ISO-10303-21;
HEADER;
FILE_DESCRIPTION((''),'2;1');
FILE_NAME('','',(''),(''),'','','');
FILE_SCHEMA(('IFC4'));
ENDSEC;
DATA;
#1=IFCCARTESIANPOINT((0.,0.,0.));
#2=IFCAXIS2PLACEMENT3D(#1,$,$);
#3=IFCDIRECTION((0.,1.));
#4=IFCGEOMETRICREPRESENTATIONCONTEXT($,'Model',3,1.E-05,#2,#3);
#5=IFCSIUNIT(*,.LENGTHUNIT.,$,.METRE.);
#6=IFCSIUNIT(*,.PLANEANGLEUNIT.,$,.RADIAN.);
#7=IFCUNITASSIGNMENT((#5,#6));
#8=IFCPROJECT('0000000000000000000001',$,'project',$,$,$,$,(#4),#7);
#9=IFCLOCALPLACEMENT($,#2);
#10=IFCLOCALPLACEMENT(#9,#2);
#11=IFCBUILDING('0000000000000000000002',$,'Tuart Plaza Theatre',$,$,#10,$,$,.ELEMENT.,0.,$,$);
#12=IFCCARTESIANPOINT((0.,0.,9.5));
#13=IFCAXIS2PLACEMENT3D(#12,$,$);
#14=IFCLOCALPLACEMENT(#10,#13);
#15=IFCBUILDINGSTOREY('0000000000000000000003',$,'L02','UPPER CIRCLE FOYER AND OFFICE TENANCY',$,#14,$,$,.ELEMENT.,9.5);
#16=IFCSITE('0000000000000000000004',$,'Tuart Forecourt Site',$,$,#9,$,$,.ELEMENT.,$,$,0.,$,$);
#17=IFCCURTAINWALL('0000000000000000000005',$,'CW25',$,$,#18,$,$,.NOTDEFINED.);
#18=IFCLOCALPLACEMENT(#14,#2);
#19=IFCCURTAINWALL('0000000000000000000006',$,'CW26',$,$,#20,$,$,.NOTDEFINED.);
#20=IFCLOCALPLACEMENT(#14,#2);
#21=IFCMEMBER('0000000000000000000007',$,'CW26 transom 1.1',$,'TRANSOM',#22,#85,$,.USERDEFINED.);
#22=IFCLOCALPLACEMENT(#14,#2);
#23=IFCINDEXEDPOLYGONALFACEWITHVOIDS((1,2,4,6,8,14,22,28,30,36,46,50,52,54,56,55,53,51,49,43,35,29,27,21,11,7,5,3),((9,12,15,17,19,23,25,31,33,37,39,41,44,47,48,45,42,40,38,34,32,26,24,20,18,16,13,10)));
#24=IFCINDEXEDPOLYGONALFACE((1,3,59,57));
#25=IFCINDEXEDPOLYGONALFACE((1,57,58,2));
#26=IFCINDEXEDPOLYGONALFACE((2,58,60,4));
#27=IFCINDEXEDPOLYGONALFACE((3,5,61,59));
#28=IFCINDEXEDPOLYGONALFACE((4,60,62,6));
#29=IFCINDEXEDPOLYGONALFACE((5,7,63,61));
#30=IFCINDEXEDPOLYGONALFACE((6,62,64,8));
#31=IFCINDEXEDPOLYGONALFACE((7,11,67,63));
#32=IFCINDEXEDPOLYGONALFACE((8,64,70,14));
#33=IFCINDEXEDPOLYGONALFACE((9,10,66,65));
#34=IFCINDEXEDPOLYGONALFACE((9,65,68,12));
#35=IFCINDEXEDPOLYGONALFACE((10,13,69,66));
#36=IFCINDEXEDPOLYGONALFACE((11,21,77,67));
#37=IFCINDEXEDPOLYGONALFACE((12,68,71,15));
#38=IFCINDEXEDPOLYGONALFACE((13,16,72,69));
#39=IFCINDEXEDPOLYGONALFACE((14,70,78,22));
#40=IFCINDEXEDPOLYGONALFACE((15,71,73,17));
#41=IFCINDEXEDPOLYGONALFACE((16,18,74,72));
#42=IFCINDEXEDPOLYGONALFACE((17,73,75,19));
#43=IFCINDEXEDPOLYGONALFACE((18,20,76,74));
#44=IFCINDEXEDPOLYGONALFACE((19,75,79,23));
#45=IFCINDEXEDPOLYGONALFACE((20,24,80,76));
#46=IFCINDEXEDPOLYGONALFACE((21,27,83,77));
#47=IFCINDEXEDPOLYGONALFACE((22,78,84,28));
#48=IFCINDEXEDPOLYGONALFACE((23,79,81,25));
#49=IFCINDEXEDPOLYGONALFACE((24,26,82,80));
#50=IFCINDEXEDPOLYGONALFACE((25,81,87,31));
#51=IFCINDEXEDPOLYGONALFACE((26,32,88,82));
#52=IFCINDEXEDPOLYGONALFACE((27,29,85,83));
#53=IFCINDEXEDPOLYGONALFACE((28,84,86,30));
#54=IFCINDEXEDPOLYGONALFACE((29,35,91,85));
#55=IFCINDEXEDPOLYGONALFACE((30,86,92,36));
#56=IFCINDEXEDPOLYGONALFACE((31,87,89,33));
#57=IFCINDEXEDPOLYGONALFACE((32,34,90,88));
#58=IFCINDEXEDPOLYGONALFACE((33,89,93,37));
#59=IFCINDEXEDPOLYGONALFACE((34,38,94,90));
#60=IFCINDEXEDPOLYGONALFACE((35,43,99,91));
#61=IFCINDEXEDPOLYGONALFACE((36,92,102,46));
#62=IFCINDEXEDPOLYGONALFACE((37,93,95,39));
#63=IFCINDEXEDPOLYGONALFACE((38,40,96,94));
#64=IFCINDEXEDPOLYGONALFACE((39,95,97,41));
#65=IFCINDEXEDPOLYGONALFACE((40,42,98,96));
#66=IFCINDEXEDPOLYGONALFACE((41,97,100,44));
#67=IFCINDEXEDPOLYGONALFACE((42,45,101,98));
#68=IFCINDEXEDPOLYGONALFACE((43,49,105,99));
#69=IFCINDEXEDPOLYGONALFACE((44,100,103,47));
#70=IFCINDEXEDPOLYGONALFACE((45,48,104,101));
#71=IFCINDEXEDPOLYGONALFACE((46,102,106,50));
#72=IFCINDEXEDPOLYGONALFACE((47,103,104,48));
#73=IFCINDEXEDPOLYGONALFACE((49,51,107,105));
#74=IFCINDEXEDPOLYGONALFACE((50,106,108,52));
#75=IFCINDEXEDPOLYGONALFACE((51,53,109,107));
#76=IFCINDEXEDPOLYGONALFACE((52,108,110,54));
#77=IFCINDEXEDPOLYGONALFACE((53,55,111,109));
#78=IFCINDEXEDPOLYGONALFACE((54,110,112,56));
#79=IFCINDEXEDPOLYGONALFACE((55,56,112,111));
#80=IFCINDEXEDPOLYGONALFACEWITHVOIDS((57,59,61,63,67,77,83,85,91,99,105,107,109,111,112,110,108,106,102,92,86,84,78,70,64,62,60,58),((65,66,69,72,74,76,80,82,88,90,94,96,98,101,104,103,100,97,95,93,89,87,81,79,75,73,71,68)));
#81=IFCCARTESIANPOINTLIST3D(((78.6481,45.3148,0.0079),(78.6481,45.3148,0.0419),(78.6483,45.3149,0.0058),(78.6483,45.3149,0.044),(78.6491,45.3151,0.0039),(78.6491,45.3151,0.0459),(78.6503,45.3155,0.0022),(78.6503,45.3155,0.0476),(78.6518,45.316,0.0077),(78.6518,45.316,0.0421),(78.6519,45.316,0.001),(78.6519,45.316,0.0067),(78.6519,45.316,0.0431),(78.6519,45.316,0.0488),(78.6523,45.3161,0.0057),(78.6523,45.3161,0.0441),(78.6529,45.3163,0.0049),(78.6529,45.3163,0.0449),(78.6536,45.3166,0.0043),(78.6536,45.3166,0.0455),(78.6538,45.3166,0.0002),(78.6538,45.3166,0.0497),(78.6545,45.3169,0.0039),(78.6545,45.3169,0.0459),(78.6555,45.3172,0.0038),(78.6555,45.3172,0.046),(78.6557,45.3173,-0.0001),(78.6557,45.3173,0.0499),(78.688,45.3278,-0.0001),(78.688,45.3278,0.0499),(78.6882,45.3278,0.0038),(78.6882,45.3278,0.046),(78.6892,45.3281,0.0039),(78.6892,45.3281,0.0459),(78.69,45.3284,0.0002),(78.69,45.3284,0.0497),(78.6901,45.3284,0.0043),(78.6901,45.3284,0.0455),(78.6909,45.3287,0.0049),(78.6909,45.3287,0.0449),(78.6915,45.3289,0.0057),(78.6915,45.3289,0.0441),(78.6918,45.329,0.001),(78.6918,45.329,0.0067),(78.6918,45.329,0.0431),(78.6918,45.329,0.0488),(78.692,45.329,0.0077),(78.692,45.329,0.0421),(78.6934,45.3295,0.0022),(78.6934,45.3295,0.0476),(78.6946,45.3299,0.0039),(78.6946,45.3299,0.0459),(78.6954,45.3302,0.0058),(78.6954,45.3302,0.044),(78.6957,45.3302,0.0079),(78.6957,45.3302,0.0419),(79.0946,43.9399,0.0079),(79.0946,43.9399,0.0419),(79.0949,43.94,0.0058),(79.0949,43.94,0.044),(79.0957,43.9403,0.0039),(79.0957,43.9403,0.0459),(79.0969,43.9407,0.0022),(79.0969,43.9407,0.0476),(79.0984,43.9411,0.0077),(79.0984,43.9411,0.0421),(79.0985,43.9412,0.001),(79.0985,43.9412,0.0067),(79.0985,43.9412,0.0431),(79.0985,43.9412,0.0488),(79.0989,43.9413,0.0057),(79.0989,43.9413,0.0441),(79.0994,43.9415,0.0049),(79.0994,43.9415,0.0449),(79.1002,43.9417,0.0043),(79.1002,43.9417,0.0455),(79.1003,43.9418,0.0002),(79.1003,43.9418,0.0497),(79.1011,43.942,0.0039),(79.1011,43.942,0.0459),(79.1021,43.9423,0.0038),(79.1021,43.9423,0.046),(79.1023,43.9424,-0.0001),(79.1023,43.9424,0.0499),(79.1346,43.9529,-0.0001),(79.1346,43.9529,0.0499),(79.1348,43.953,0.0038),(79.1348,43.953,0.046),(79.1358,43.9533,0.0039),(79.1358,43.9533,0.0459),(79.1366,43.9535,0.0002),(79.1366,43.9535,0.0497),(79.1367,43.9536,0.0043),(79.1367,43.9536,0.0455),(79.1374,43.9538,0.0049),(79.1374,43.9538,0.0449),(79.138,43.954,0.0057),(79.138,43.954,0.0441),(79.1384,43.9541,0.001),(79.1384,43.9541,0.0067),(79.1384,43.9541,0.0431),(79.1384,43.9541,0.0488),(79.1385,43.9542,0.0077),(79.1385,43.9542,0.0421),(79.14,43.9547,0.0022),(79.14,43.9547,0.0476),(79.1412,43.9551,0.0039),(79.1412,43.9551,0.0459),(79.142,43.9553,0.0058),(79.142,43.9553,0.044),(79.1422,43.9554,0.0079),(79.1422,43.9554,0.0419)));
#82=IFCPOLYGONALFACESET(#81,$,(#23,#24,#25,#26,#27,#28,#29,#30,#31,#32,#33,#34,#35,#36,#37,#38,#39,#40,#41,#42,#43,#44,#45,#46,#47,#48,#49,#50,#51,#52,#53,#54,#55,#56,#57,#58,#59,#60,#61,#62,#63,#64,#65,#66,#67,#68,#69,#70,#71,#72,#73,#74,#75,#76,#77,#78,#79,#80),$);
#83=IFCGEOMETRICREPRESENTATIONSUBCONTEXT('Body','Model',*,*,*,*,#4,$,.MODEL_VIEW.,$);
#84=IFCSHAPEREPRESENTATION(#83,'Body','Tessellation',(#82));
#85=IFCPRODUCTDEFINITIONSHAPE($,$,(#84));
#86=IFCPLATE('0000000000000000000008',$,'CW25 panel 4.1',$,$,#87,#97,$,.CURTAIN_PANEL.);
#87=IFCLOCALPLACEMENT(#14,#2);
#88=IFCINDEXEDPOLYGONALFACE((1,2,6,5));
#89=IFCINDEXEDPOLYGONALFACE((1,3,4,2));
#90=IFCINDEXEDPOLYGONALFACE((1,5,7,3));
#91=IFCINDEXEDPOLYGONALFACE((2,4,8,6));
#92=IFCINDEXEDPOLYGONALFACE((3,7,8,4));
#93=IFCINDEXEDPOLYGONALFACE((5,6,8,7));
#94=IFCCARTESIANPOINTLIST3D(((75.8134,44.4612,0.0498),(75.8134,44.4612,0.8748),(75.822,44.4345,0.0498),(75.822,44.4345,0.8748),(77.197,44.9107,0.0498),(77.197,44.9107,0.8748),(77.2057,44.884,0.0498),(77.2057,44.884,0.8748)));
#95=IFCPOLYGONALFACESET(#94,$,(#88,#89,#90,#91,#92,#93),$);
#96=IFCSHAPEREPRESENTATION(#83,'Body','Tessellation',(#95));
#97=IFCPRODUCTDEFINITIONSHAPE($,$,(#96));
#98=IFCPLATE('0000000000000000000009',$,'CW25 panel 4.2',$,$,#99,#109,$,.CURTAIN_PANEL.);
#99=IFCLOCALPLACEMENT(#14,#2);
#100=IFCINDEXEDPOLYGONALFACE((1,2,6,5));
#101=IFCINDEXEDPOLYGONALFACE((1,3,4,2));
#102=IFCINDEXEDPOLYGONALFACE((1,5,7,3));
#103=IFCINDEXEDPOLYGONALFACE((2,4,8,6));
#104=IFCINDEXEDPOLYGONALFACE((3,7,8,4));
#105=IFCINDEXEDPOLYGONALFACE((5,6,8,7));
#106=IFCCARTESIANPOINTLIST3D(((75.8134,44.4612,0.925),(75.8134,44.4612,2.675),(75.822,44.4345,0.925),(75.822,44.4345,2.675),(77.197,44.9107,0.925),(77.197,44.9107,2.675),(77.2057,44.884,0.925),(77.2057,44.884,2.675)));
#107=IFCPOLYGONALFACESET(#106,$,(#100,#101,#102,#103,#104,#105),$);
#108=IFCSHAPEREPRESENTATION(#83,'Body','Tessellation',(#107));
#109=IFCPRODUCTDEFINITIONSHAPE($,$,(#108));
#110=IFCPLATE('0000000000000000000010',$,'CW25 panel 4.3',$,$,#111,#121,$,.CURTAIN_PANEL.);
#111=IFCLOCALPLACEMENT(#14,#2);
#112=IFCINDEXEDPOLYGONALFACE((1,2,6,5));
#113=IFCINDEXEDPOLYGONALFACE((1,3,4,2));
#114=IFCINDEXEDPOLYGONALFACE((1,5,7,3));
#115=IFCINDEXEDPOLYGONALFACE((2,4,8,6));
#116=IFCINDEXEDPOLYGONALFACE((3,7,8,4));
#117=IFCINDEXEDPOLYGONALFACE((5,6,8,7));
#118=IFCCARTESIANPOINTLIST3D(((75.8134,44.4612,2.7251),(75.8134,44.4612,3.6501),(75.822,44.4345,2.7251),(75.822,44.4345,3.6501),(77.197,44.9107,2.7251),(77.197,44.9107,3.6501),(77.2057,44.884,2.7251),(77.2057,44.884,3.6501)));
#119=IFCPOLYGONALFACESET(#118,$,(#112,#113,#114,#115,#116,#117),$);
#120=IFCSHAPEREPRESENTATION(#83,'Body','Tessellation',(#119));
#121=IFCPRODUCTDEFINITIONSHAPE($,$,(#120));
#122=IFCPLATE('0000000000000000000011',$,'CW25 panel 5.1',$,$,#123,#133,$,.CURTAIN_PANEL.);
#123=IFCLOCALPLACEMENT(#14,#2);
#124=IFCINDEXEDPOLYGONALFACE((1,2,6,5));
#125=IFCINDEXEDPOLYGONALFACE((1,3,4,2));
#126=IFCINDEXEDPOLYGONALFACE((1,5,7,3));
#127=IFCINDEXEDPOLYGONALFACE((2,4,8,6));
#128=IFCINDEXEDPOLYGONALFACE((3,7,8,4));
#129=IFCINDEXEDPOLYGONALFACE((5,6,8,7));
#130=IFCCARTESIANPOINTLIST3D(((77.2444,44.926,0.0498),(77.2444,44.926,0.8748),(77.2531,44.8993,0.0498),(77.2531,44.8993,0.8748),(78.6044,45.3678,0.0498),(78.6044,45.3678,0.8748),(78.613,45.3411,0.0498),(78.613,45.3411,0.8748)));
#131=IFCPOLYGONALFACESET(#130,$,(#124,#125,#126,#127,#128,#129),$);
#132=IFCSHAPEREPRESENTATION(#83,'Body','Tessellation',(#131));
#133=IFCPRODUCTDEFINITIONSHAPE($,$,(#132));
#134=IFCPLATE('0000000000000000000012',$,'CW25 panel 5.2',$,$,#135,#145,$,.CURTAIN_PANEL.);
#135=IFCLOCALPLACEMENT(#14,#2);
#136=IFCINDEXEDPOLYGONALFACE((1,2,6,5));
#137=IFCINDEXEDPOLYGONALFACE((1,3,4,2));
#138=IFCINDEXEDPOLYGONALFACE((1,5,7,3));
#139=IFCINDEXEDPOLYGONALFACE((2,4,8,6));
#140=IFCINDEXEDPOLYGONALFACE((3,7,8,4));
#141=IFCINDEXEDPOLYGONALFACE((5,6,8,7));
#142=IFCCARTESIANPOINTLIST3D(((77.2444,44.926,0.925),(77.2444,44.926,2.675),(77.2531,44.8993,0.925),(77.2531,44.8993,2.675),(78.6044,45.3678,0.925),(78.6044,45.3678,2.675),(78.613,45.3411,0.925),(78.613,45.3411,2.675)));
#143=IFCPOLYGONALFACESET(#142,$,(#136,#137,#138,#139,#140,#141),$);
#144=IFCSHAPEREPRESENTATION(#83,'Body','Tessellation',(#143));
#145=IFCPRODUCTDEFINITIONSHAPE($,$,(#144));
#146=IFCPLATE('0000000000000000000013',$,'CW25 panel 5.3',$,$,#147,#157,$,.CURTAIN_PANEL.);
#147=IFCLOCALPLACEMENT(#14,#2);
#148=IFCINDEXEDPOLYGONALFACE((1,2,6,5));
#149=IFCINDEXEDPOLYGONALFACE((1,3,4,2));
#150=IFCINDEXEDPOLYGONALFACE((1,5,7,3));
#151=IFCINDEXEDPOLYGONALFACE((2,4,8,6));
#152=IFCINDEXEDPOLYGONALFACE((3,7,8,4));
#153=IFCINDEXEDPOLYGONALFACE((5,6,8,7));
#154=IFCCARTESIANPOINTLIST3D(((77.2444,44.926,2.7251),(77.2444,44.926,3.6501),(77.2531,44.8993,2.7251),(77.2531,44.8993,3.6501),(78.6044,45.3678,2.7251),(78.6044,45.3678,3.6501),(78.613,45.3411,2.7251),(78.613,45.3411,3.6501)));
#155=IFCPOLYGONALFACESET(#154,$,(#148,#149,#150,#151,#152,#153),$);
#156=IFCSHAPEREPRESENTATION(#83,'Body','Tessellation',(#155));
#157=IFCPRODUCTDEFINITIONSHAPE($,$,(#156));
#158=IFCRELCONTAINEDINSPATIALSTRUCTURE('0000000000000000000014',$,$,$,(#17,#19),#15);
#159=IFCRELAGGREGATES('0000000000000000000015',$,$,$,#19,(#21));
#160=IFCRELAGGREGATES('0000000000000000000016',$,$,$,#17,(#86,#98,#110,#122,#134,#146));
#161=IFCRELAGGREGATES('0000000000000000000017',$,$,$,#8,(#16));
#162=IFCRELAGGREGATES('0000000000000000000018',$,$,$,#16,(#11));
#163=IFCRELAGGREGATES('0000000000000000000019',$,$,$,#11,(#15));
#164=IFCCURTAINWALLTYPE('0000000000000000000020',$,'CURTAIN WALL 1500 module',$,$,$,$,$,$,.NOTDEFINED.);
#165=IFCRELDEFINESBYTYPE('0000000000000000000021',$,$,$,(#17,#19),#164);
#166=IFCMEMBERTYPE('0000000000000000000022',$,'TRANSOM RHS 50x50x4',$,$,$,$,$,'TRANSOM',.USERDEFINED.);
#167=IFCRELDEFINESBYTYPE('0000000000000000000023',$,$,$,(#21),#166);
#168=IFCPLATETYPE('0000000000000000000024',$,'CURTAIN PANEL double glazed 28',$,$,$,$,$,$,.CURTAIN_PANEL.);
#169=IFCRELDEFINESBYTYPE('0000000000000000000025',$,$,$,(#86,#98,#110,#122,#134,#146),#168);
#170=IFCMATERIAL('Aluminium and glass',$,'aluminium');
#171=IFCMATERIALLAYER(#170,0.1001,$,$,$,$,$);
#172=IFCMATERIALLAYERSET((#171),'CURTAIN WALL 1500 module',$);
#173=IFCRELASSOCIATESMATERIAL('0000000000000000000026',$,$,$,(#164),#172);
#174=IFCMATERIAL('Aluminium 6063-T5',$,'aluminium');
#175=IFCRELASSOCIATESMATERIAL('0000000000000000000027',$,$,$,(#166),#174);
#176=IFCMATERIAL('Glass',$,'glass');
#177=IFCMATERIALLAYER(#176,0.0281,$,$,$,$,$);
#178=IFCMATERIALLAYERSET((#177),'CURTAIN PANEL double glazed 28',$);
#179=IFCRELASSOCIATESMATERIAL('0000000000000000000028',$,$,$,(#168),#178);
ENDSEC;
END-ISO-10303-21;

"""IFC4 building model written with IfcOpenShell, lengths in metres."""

from ifc_helpers import new_model, si_unit, direction, frame, origin, origin_2d, place, context, subcontext, project, spatial, rectangle, hollow_rectangle, extrude, material, layer, layer_set, material_profile, profile_set, type_object, element, aggregate, save


model = new_model("IFC4")

# Units and contexts
model_context = context("Model", 3, precision=1e-05, world=origin(), true_north=direction((0.0, 1.0)))
body_context = subcontext(model_context, "Body", "Model", "MODEL_VIEW")
ifc_project = project(units=[si_unit("LENGTHUNIT", "METRE"), si_unit("PLANEANGLEUNIT", "RADIAN")], contexts=[model_context])

# Site, building, storey
site_placement = place(None, origin())
site = spatial("IfcSite", under=ifc_project, at=site_placement, Name="Tuart Forecourt Site", CompositionType="ELEMENT", RefElevation=0.0)
building_placement = place(site_placement, origin())
building = spatial("IfcBuilding", under=site, at=building_placement, Name="Tuart Plaza Theatre", CompositionType="ELEMENT", ElevationOfRefHeight=0.0)
storey_placement = place(building_placement, frame((0.0, 0.0, 9.5)))
storey = spatial("IfcBuildingStorey", under=building, at=storey_placement, Name="L02", Description="UPPER CIRCLE FOYER AND OFFICE TENANCY", CompositionType="ELEMENT", Elevation=9.5)

# Curtain wall
ifc_material_1 = material(Name="Aluminium and glass", Category="aluminium")
ifc_layer_1 = layer(ifc_material_1, 0.1001)
ifc_layer_set_1 = layer_set([ifc_layer_1], Name="CURTAIN WALL 1500 module")
curtain_wall_type = type_object("IfcCurtainWallType", Name="CURTAIN WALL 1500 module", PredefinedType="NOTDEFINED", material=ifc_layer_set_1)
curtain_wall_1_placement = place(storey_placement, origin())
curtain_wall_1 = element("IfcCurtainWall", 1, at=curtain_wall_1_placement, inside=storey, type_object=curtain_wall_type, Name="CW25", PredefinedType="NOTDEFINED")

# Curtain wall
curtain_wall_2_placement = place(storey_placement, origin())
curtain_wall_2 = element("IfcCurtainWall", 2, at=curtain_wall_2_placement, inside=storey, type_object=curtain_wall_type, Name="CW26", PredefinedType="NOTDEFINED")

# Member
ifc_material_2 = material(Name="Aluminium 6063-T5", Category="aluminium")
ifc_material_profile_1 = material_profile(ifc_material_2, hollow_rectangle(XDim=0.05, YDim=0.05, WallThickness=0.0039, InnerFilletRadius=0.0039, OuterFilletRadius=0.0081, at=origin_2d()), Name="RHS 50x50x4")
ifc_profile_set_1 = profile_set([ifc_material_profile_1], Name="Aluminium 6063-T5")
member_type_1 = type_object("IfcMemberType", Name="TRANSOM RHS 50x50x4", ElementType="TRANSOM", PredefinedType="USERDEFINED", material=ifc_profile_set_1)
member_1_placement = place(storey_placement, frame((78.6719, 45.3225, 0.0249), z_axis=(0.308922, -0.951087, 0.0), x_axis=(0.951087, 0.308922, 0.0)))
member_1 = element("IfcMember", 3, at=member_1_placement, type_object=member_type_1, Name="CW26 transom 1.1", ObjectType="TRANSOM", PredefinedType="USERDEFINED", context=body_context, shape_type="SweptSolid", body=[
    extrude(hollow_rectangle(XDim=0.05, YDim=0.05, WallThickness=0.0039, InnerFilletRadius=0.0039, OuterFilletRadius=0.0081, at=origin_2d()), origin(), (0.0, 0.0, 1.0), 1.4456),
])
aggregate(curtain_wall_2, [member_1])

# Plates
ifc_material_3 = material(Name="Glass", Category="glass")
ifc_layer_2 = layer(ifc_material_3, 0.0281)
ifc_layer_set_2 = layer_set([ifc_layer_2], Name="CURTAIN PANEL double glazed 28")
plate_type = type_object("IfcPlateType", Name="CURTAIN PANEL double glazed 28", PredefinedType="CURTAIN_PANEL", material=ifc_layer_set_2)
plate_1_placement = place(storey_placement, frame((76.5095, 44.6726, 0.0498), z_axis=(0.0, 0.0, 1.0), x_axis=(0.951067, 0.308986, 0.0)))
plate_1 = element("IfcPlate", 4, at=plate_1_placement, type_object=plate_type, Name="CW25 panel 4.1", PredefinedType="CURTAIN_PANEL", context=body_context, shape_type="SweptSolid", body=[
    extrude(rectangle(XDim=1.4548, YDim=0.0281, at=origin_2d()), origin(), (0.0, 0.0, 1.0), 0.825),
])
plate_2_placement = place(storey_placement, frame((76.5095, 44.6726, 0.925), z_axis=(0.0, 0.0, 1.0), x_axis=(0.951067, 0.308986, 0.0)))
plate_2 = element("IfcPlate", 5, at=plate_2_placement, type_object=plate_type, Name="CW25 panel 4.2", PredefinedType="CURTAIN_PANEL", context=body_context, shape_type="SweptSolid", body=[
    extrude(rectangle(XDim=1.4548, YDim=0.0281, at=origin_2d()), origin(), (0.0, 0.0, 1.0), 1.75),
])
plate_3_placement = place(storey_placement, frame((76.5095, 44.6726, 2.7251), z_axis=(0.0, 0.0, 1.0), x_axis=(0.951067, 0.308986, 0.0)))
plate_3 = element("IfcPlate", 6, at=plate_3_placement, type_object=plate_type, Name="CW25 panel 4.3", PredefinedType="CURTAIN_PANEL", context=body_context, shape_type="SweptSolid", body=[
    extrude(rectangle(XDim=1.4548, YDim=0.0281, at=origin_2d()), origin(), (0.0, 0.0, 1.0), 0.925),
])
plate_4_placement = place(storey_placement, frame((77.9287, 45.1335, 0.0498), z_axis=(0.0, 0.0, 1.0), x_axis=(0.951067, 0.308986, 0.0)))
plate_4 = element("IfcPlate", 7, at=plate_4_placement, type_object=plate_type, Name="CW25 panel 5.1", PredefinedType="CURTAIN_PANEL", context=body_context, shape_type="SweptSolid", body=[
    extrude(rectangle(XDim=1.4299, YDim=0.0281, at=origin_2d()), origin(), (0.0, 0.0, 1.0), 0.825),
])
plate_5_placement = place(storey_placement, frame((77.9287, 45.1335, 0.925), z_axis=(0.0, 0.0, 1.0), x_axis=(0.951067, 0.308986, 0.0)))
plate_5 = element("IfcPlate", 8, at=plate_5_placement, type_object=plate_type, Name="CW25 panel 5.2", PredefinedType="CURTAIN_PANEL", context=body_context, shape_type="SweptSolid", body=[
    extrude(rectangle(XDim=1.4299, YDim=0.0281, at=origin_2d()), origin(), (0.0, 0.0, 1.0), 1.75),
])
plate_6_placement = place(storey_placement, frame((77.9287, 45.1335, 2.7251), z_axis=(0.0, 0.0, 1.0), x_axis=(0.951067, 0.308986, 0.0)))
plate_6 = element("IfcPlate", 9, at=plate_6_placement, type_object=plate_type, Name="CW25 panel 5.3", PredefinedType="CURTAIN_PANEL", context=body_context, shape_type="SweptSolid", body=[
    extrude(rectangle(XDim=1.4299, YDim=0.0281, at=origin_2d()), origin(), (0.0, 0.0, 1.0), 0.925),
])
aggregate(curtain_wall_1, [plate_1, plate_2, plate_3, plate_4, plate_5, plate_6])

save(model, "model.ifc")
